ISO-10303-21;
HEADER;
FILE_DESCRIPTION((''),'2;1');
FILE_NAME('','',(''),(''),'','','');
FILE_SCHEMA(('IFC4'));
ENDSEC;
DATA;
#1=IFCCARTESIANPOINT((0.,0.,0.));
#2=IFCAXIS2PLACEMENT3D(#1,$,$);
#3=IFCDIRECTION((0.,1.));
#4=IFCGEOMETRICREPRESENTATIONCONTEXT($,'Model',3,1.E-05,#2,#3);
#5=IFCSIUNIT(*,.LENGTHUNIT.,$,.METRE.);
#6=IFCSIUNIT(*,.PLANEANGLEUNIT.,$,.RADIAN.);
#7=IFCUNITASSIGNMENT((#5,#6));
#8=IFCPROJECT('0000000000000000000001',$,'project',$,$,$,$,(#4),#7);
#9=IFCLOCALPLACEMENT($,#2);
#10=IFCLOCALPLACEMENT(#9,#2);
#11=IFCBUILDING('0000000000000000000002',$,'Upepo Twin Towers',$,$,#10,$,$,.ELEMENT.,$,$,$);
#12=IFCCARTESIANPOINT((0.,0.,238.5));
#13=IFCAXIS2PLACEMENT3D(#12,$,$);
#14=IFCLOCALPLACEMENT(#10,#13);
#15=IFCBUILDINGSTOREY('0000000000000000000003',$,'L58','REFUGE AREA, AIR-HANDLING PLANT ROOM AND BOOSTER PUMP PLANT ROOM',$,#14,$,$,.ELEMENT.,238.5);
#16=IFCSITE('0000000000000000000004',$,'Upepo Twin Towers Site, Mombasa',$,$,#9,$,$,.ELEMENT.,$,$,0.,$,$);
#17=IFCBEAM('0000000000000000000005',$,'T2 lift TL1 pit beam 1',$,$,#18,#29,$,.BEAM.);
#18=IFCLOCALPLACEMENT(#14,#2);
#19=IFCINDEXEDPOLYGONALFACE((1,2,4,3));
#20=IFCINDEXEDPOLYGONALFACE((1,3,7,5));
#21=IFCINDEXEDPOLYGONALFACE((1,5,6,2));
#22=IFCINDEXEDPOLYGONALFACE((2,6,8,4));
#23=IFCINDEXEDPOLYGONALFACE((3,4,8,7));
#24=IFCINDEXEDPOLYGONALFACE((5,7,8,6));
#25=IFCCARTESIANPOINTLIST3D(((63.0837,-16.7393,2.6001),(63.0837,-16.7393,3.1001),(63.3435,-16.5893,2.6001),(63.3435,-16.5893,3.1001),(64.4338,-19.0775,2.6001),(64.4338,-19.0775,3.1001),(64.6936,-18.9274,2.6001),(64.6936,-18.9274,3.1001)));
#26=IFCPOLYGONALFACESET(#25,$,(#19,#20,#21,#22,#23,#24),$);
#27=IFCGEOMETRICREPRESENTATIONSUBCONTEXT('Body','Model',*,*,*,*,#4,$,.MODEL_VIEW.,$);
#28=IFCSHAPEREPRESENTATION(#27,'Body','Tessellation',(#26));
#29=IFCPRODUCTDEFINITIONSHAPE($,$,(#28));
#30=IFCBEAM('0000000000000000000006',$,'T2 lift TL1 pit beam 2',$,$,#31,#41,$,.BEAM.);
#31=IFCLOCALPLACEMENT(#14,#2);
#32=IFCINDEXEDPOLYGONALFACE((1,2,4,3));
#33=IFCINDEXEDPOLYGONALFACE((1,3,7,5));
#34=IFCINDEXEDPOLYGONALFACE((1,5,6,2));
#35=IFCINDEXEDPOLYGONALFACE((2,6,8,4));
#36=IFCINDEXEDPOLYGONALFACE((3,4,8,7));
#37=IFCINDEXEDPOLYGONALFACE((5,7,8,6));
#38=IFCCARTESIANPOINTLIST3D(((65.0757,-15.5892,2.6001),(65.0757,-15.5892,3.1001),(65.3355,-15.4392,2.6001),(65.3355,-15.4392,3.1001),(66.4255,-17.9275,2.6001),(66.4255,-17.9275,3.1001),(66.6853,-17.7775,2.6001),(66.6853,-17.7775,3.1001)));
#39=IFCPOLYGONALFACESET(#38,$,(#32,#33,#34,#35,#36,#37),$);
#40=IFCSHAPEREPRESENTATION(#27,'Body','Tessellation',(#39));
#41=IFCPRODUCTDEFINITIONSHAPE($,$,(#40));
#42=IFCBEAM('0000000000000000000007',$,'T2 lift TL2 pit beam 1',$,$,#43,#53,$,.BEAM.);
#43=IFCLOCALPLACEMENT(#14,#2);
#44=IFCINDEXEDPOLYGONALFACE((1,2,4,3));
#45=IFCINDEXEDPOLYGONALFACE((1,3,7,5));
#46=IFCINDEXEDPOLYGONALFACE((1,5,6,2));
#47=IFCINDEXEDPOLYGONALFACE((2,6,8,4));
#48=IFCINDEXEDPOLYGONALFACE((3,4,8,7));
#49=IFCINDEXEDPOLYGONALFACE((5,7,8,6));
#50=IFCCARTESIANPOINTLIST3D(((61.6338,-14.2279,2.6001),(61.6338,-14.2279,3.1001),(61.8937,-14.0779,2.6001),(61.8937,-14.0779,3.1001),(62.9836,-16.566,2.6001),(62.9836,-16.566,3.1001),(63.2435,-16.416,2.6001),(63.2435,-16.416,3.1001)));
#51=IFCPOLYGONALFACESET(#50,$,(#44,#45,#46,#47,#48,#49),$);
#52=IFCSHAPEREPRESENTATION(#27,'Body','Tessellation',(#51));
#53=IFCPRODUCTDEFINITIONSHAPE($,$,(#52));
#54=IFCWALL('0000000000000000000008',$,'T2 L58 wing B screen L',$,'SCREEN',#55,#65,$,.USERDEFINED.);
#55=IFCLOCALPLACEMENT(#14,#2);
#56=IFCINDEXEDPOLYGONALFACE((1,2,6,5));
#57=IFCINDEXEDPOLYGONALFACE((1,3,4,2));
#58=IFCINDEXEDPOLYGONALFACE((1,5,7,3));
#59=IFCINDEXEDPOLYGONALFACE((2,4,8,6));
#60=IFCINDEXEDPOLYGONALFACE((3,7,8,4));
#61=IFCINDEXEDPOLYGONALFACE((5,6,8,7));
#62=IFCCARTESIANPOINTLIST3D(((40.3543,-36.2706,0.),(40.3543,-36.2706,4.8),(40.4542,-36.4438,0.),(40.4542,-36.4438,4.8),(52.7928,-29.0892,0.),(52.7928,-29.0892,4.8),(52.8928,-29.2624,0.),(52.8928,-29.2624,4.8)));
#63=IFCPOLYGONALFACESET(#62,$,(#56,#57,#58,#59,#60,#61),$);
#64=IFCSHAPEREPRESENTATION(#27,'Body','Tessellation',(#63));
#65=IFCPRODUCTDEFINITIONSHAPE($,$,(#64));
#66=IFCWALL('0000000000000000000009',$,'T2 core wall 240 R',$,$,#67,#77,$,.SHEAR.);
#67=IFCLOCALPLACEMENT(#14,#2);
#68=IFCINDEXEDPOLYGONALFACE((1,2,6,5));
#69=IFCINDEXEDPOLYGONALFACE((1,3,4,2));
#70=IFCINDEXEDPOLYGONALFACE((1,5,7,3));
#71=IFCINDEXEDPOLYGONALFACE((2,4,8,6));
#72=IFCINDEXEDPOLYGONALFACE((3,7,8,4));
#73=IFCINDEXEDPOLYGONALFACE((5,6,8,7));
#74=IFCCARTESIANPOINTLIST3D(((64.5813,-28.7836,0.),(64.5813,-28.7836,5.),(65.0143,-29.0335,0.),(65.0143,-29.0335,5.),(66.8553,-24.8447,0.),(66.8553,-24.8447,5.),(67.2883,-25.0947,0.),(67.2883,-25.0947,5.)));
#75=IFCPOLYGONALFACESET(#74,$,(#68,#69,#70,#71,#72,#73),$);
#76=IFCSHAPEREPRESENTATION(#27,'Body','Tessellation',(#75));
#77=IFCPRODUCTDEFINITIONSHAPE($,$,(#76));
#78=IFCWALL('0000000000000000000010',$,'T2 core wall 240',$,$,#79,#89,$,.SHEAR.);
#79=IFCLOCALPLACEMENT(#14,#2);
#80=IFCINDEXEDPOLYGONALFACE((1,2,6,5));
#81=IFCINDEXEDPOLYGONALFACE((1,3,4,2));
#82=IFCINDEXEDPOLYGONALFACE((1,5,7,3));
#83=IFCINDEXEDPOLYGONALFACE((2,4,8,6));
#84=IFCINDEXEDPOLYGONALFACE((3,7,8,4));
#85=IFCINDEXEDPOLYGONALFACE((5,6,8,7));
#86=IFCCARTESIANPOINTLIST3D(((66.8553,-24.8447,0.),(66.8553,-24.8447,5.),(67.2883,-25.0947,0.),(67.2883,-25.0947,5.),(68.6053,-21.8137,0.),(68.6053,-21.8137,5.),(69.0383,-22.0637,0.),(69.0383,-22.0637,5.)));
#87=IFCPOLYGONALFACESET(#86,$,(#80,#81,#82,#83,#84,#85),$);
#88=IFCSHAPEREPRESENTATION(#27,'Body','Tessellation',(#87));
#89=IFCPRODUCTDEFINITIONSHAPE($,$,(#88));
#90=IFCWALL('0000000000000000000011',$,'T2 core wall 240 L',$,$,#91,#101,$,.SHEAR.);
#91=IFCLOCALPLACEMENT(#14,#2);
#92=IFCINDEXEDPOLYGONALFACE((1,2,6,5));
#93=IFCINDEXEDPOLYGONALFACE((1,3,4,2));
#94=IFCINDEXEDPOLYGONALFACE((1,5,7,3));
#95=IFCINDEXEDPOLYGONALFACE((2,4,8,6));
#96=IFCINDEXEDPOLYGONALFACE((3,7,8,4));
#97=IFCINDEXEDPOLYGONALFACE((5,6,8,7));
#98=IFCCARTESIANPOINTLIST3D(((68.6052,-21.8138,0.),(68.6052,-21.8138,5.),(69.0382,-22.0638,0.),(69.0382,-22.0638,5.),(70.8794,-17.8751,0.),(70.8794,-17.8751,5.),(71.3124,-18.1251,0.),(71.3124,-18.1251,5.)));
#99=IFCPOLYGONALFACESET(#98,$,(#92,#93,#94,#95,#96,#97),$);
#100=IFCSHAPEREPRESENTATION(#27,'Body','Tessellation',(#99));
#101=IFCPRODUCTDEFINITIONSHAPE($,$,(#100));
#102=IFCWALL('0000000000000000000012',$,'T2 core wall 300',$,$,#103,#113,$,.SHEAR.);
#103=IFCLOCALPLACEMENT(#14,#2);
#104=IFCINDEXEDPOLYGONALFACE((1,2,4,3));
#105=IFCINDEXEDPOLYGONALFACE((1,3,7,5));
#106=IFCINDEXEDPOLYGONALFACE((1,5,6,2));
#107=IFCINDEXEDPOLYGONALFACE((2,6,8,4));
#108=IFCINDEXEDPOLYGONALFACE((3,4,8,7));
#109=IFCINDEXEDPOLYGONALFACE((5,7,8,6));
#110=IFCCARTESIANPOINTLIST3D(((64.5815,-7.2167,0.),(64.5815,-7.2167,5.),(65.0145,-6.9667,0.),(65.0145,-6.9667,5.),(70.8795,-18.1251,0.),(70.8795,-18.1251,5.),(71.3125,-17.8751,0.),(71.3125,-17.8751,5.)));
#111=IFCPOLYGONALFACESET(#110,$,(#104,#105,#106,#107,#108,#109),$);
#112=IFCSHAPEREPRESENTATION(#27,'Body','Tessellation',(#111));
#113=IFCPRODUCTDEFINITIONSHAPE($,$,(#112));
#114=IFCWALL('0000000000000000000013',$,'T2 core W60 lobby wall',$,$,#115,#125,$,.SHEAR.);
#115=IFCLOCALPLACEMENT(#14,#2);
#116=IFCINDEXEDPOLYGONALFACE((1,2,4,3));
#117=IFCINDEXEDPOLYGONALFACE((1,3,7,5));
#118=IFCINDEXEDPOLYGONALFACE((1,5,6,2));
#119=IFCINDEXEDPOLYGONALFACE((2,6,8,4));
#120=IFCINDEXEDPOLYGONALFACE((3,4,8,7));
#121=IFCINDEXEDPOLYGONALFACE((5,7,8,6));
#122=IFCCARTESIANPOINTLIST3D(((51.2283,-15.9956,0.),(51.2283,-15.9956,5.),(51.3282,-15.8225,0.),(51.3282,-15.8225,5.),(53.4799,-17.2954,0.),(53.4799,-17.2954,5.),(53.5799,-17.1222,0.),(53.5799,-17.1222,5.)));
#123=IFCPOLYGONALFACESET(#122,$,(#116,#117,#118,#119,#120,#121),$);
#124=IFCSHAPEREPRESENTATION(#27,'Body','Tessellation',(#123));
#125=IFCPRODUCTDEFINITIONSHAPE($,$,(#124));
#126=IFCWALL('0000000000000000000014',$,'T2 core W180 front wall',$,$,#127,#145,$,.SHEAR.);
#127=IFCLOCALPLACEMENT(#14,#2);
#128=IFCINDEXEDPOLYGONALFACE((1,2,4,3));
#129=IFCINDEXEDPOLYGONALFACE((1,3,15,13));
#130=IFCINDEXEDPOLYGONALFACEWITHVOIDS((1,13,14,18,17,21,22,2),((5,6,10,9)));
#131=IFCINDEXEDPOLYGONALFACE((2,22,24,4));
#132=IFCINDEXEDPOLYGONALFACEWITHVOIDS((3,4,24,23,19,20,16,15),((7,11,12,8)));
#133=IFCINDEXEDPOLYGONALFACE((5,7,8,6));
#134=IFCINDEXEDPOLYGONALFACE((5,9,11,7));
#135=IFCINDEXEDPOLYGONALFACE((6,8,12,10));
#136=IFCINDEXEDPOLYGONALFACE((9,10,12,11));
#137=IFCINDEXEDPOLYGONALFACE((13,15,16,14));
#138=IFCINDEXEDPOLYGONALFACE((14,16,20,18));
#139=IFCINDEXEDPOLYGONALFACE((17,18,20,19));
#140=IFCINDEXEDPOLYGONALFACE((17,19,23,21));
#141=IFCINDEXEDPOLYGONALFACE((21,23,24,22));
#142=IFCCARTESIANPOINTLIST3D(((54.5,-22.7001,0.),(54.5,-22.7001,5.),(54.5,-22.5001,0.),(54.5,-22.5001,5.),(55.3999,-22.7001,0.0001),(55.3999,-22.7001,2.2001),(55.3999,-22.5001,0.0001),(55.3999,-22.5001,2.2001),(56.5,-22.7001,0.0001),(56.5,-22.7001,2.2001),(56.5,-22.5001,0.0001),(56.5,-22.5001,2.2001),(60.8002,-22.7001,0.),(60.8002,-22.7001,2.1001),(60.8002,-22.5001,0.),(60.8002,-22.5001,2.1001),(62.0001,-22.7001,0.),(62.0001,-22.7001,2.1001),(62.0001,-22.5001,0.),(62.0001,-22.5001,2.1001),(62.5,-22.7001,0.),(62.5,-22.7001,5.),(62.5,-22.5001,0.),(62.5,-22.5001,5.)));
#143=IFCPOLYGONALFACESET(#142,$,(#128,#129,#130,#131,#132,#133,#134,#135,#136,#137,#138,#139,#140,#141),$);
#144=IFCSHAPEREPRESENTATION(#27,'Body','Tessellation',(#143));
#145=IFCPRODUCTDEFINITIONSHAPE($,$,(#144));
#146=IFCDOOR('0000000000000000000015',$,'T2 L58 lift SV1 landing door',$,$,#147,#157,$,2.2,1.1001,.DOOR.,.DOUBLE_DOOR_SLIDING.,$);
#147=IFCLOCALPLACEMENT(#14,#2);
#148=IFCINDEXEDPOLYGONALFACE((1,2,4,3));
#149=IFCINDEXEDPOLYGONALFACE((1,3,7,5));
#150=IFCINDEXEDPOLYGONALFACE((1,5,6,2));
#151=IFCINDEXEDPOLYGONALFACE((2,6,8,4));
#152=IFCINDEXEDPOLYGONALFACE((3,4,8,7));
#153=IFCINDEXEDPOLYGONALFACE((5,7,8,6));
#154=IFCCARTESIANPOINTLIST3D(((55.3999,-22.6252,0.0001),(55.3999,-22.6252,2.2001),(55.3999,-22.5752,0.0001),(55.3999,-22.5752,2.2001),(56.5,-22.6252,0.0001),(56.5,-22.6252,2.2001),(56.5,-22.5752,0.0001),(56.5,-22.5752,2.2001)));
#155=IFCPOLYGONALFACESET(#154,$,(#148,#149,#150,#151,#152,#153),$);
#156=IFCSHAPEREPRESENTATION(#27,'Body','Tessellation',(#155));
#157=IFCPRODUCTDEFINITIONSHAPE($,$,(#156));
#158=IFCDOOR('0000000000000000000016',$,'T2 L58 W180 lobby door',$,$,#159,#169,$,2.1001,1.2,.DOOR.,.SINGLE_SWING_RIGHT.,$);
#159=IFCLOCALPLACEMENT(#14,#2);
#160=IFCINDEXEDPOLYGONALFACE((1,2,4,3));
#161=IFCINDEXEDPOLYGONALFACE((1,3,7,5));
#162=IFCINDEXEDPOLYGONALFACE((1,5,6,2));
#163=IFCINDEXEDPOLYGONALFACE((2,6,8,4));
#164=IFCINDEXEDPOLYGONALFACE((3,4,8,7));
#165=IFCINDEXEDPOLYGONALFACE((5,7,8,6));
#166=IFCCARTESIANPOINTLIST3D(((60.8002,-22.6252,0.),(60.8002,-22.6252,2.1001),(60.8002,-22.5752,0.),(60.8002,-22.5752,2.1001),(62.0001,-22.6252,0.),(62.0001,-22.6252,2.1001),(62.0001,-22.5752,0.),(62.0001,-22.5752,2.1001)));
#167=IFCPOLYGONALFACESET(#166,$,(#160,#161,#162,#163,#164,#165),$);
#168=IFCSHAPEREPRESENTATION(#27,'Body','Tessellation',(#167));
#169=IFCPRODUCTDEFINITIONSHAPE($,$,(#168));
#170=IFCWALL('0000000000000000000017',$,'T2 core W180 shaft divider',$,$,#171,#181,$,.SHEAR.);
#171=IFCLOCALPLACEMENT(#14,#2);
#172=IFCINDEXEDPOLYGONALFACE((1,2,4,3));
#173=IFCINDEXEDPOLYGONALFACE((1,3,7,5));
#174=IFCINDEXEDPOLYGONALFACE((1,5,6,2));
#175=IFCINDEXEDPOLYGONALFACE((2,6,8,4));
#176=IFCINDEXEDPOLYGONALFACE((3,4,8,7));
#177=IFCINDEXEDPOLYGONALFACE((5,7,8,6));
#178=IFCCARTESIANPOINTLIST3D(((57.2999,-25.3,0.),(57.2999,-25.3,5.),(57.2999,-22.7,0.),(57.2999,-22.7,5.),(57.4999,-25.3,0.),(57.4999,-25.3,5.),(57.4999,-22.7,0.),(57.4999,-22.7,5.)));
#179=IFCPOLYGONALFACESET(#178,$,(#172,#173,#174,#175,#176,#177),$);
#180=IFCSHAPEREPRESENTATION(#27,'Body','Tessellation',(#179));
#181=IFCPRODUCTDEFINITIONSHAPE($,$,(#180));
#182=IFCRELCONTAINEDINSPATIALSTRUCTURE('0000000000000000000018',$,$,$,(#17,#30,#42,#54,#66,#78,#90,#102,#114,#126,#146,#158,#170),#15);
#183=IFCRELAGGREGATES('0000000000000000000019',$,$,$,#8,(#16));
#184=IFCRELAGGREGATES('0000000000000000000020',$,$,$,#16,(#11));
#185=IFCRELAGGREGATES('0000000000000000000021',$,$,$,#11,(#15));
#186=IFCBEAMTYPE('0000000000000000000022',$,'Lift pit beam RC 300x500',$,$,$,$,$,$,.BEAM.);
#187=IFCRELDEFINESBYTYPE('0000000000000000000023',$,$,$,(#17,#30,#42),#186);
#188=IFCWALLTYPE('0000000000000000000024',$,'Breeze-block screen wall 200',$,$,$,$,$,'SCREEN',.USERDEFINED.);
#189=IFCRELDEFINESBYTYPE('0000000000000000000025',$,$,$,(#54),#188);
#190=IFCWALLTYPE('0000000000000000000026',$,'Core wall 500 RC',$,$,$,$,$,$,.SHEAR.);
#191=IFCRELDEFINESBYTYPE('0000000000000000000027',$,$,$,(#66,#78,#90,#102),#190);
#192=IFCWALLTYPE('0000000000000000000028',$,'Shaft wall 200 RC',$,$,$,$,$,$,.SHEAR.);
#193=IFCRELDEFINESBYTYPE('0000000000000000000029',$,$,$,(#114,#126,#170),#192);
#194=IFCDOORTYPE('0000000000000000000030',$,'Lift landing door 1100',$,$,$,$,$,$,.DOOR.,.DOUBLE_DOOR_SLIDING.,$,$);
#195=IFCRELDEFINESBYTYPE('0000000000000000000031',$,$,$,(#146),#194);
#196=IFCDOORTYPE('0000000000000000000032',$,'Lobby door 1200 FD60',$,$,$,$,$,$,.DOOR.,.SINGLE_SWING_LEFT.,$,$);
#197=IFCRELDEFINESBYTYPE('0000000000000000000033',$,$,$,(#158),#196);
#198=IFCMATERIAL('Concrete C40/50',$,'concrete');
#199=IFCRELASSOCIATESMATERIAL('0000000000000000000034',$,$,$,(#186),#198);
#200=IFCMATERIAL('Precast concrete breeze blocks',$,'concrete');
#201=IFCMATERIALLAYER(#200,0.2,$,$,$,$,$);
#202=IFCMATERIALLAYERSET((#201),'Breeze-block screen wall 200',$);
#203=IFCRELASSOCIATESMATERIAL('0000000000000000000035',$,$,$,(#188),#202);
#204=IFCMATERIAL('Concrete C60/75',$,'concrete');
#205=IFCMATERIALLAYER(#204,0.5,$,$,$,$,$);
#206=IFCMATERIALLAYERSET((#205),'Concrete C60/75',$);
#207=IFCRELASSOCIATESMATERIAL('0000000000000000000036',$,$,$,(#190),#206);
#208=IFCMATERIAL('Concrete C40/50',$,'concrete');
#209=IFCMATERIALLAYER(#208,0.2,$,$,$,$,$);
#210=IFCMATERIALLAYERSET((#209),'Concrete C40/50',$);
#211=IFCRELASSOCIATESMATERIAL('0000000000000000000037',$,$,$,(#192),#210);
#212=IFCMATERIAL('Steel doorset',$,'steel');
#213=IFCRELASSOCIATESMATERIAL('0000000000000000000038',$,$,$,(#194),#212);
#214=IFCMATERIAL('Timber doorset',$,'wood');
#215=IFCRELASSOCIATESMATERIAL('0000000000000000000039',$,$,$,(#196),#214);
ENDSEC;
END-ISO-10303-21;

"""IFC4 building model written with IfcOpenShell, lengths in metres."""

from ifc_helpers import new_model, si_unit, direction, frame, frame_2d, origin, origin_2d, place, context, subcontext, project, spatial, rectangle, extrude, material, layer, layer_set, material_profile, profile_set, type_object, element, fill, save


model = new_model("IFC4")

# Units and contexts
model_context = context("Model", 3, precision=1e-05, world=origin(), true_north=direction((0.0, 1.0)))
body_context = subcontext(model_context, "Body", "Model", "MODEL_VIEW")
ifc_project = project(units=[si_unit("LENGTHUNIT", "METRE"), si_unit("PLANEANGLEUNIT", "RADIAN")], contexts=[model_context])

# Site, building, storey
site_placement = place(None, origin())
site = spatial("IfcSite", under=ifc_project, at=site_placement, Name="Upepo Twin Towers Site, Mombasa", CompositionType="ELEMENT", RefElevation=0.0)
building_placement = place(site_placement, origin())
building = spatial("IfcBuilding", under=site, at=building_placement, Name="Upepo Twin Towers", CompositionType="ELEMENT")
storey_placement = place(building_placement, frame((0.0, 0.0, 238.5)))
storey = spatial("IfcBuildingStorey", under=building, at=storey_placement, Name="L58", Description="REFUGE AREA, AIR-HANDLING PLANT ROOM AND BOOSTER PUMP PLANT ROOM", CompositionType="ELEMENT", Elevation=238.5)

# Beams
ifc_material_1 = material(Name="Concrete C40/50", Category="concrete")
ifc_material_profile = material_profile(ifc_material_1, rectangle(XDim=0.3, YDim=0.5, at=origin_2d()), Name="RC 300x500")
ifc_profile_set = profile_set([ifc_material_profile], Name="Concrete C40/50")
beam_type = type_object("IfcBeamType", Name="Lift pit beam RC 300x500", PredefinedType="BEAM", material=ifc_profile_set)
for number, where, z_axis, x_axis, name in (
    (1, (64.5637, -19.0024, 2.8501), (-0.500049, 0.865997, 0.0), (-0.865997, -0.500049, 0.0), "T2 lift TL1 pit beam 1"),
    (2, (66.5554, -17.8525, 2.8501), (-0.499942, 0.866059, 0.0), (-0.866059, -0.499942, 0.0), "T2 lift TL1 pit beam 2"),
):
    element("IfcBeam", number, at=place(storey_placement, frame(where, z_axis=z_axis, x_axis=x_axis)), inside=storey, type_object=beam_type, Name=name, PredefinedType="BEAM", context=body_context, shape_type="SweptSolid", body=[
        extrude(rectangle(XDim=0.3, YDim=0.5, at=origin_2d()), origin(), (0.0, 0.0, 1.0), 2.7),
    ])
beam_placement = place(storey_placement, frame((63.1135, -16.491, 2.8501), z_axis=(-0.499981, 0.866037, 0.0), x_axis=(-0.866037, -0.499981, 0.0)))
element("IfcBeam", 3, at=beam_placement, inside=storey, type_object=beam_type, Name="T2 lift TL2 pit beam 1", PredefinedType="BEAM", context=body_context, shape_type="SweptSolid", body=[
    extrude(rectangle(XDim=0.3, YDim=0.5, at=origin_2d()), origin(), (0.0, 0.0, 1.0), 2.6997),
])

# Walls
ifc_material_2 = material(Name="Precast concrete breeze blocks", Category="concrete")
ifc_layer_1 = layer(ifc_material_2, 0.2)
ifc_layer_set_1 = layer_set([ifc_layer_1], Name="Breeze-block screen wall 200")
wall_type_1 = type_object("IfcWallType", Name="Breeze-block screen wall 200", ElementType="SCREEN", PredefinedType="USERDEFINED", material=ifc_layer_set_1)
wall_1_placement = place(storey_placement, frame((52.8428, -29.1758, 0.0), z_axis=(0.0, 0.0, 1.0), x_axis=(-0.866024, -0.500002, 0.0)))
element("IfcWall", 4, at=wall_1_placement, inside=storey, type_object=wall_type_1, Name="T2 L58 wing B screen L", ObjectType="SCREEN", PredefinedType="USERDEFINED", context=body_context, shape_type="SweptSolid", body=[
    extrude(rectangle(XDim=14.3628, YDim=0.2, at=frame_2d((7.1814, 0.0))), origin(), (0.0, 0.0, 1.0), 4.8),
])
ifc_material_3 = material(Name="Concrete C60/75", Category="concrete")
ifc_layer_2 = layer(ifc_material_3, 0.5)
ifc_layer_set_2 = layer_set([ifc_layer_2], Name="Concrete C60/75")
wall_type_2 = type_object("IfcWallType", Name="Core wall 500 RC", PredefinedType="SHEAR", material=ifc_layer_set_2)
wall_2_placement = place(storey_placement, frame((64.7979, -28.9084, 0.0), z_axis=(0.0, 0.0, 1.0), x_axis=(0.499984, 0.866035, 0.0)))
element("IfcWall", 5, at=wall_2_placement, inside=storey, type_object=wall_type_2, Name="T2 core wall 240 R", PredefinedType="SHEAR", context=body_context, shape_type="SweptSolid", body=[
    extrude(rectangle(XDim=4.5481, YDim=0.5, at=frame_2d((2.2739, 0.0))), origin(), (0.0, 0.0, 1.0), 5.0),
])
wall_3_placement = place(storey_placement, frame((67.0718, -24.9697, 0.0), z_axis=(0.0, 0.0, 1.0), x_axis=(0.50001, 0.866019, 0.0)))
element("IfcWall", 6, at=wall_3_placement, inside=storey, type_object=wall_type_2, Name="T2 core wall 240", PredefinedType="SHEAR", context=body_context, shape_type="SweptSolid", body=[
    extrude(rectangle(XDim=3.5, YDim=0.5, at=frame_2d((1.75, 0.0))), origin(), (0.0, 0.0, 1.0), 5.0),
])
wall_4_placement = place(storey_placement, frame((68.8218, -21.9387, 0.0), z_axis=(0.0, 0.0, 1.0), x_axis=(0.500024, 0.866011, 0.0)))
element("IfcWall", 7, at=wall_4_placement, inside=storey, type_object=wall_type_2, Name="T2 core wall 240 L", PredefinedType="SHEAR", context=body_context, shape_type="SweptSolid", body=[
    extrude(rectangle(XDim=4.5481, YDim=0.5, at=frame_2d((2.2739, 0.0))), origin(), (0.0, 0.0, 1.0), 5.0),
])
wall_5_placement = place(storey_placement, frame((71.0959, -18.0, 0.0), z_axis=(0.0, 0.0, 1.0), x_axis=(-0.500006, 0.866022, 0.0)))
element("IfcWall", 8, at=wall_5_placement, inside=storey, type_object=wall_type_2, Name="T2 core wall 300", PredefinedType="SHEAR", context=body_context, shape_type="SweptSolid", body=[
    extrude(rectangle(XDim=12.5959, YDim=0.5, at=frame_2d((6.2979, 0.0))), origin(), (0.0, 0.0, 1.0), 5.0),
])
ifc_material_4 = material(Name="Concrete C40/50", Category="concrete")
ifc_layer_3 = layer(ifc_material_4, 0.2)
ifc_layer_set_3 = layer_set([ifc_layer_3], Name="Concrete C40/50")
wall_type_3 = type_object("IfcWallType", Name="Shaft wall 200 RC", PredefinedType="SHEAR", material=ifc_layer_set_3)
wall_6_placement = place(storey_placement, frame((53.5298, -17.2087, 0.0), z_axis=(0.0, 0.0, 1.0), x_axis=(-0.866062, 0.499937, 0.0)))
element("IfcWall", 9, at=wall_6_placement, inside=storey, type_object=wall_type_3, Name="T2 core W60 lobby wall", PredefinedType="SHEAR", context=body_context, shape_type="SweptSolid", body=[
    extrude(rectangle(XDim=2.5999, YDim=0.2, at=frame_2d((1.2998, 0.0))), origin(), (0.0, 0.0, 1.0), 5.0),
])

# Wall, openings, doors
wall_7_placement = place(storey_placement, frame((54.5, -22.6001, 0.0), z_axis=(0.0, 0.0, 1.0), x_axis=(1.0, 0.0, 0.0)))
wall_7 = element("IfcWall", 10, at=wall_7_placement, inside=storey, type_object=wall_type_3, Name="T2 core W180 front wall", PredefinedType="SHEAR", context=body_context, shape_type="SweptSolid", body=[
    extrude(rectangle(XDim=8.0, YDim=0.2, at=frame_2d((4.0, 0.0))), origin(), (0.0, 0.0, 1.0), 5.0),
])
opening_1_placement = place(wall_7_placement, frame((6.3, 0.0, 0.0)))
opening_1 = element("IfcOpeningElement", 11, at=opening_1_placement, cuts=wall_7, PredefinedType="OPENING", context=body_context, shape_type="SweptSolid", body=[
    extrude(rectangle(XDim=1.2, YDim=2.1001, at=frame_2d((0.6001, 1.05))), frame((0.0, 0.1099, 0.0), z_axis=(0.0, -1.0, 0.0), x_axis=(1.0, 0.0, 0.0)), (0.0, 0.0, 1.0), 0.22),
])
opening_2_placement = place(wall_7_placement, frame((0.8999, 0.0, 0.0)))
opening_2 = element("IfcOpeningElement", 12, at=opening_2_placement, cuts=wall_7, PredefinedType="OPENING", context=body_context, shape_type="SweptSolid", body=[
    extrude(rectangle(XDim=1.1001, YDim=2.2, at=frame_2d((0.55, 1.1001))), frame((0.0, 0.1099, 0.0), z_axis=(0.0, -1.0, 0.0), x_axis=(1.0, 0.0, 0.0)), (0.0, 0.0, 1.0), 0.22),
])
ifc_material_5 = material(Name="Steel doorset", Category="steel")
door_type_1 = type_object("IfcDoorType", Name="Lift landing door 1100", OperationType="DOUBLE_DOOR_SLIDING", PredefinedType="DOOR", material=ifc_material_5)
door_1_placement = place(opening_2_placement, origin())
door_1 = element("IfcDoor", 13, at=door_1_placement, inside=storey, type_object=door_type_1, Name="T2 L58 lift SV1 landing door", OperationType="DOUBLE_DOOR_SLIDING", OverallHeight=2.2, OverallWidth=1.1001, PredefinedType="DOOR", context=body_context, shape_type="SweptSolid", body=[
    extrude(rectangle(XDim=1.1001, YDim=2.2, at=frame_2d((0.55, 1.1001))), frame((0.0, 0.0249, 0.0), z_axis=(0.0, -1.0, 0.0), x_axis=(1.0, 0.0, 0.0)), (0.0, 0.0, 1.0), 0.05),
])
fill(opening_2, door_1)
ifc_material_6 = material(Name="Timber doorset", Category="wood")
door_type_2 = type_object("IfcDoorType", Name="Lobby door 1200 FD60", OperationType="SINGLE_SWING_LEFT", PredefinedType="DOOR", material=ifc_material_6)
door_2_placement = place(opening_1_placement, origin())
door_2 = element("IfcDoor", 14, at=door_2_placement, inside=storey, type_object=door_type_2, Name="T2 L58 W180 lobby door", OperationType="SINGLE_SWING_RIGHT", OverallHeight=2.1001, OverallWidth=1.2, PredefinedType="DOOR", context=body_context, shape_type="SweptSolid", body=[
    extrude(rectangle(XDim=1.2, YDim=2.1001, at=frame_2d((0.6001, 1.05))), frame((0.0, 0.0249, 0.0), z_axis=(0.0, -1.0, 0.0), x_axis=(1.0, 0.0, 0.0)), (0.0, 0.0, 1.0), 0.05),
])
fill(opening_1, door_2)

# Wall
wall_8_placement = place(storey_placement, frame((57.3999, -22.7, 0.0), z_axis=(0.0, 0.0, 1.0), x_axis=(0.0, -1.0, 0.0)))
element("IfcWall", 15, at=wall_8_placement, inside=storey, type_object=wall_type_3, Name="T2 core W180 shaft divider", PredefinedType="SHEAR", context=body_context, shape_type="SweptSolid", body=[
    extrude(rectangle(XDim=2.6001, YDim=0.2, at=frame_2d((1.3, 0.0))), origin(), (0.0, 0.0, 1.0), 5.0),
])

save(model, "model.ifc")
